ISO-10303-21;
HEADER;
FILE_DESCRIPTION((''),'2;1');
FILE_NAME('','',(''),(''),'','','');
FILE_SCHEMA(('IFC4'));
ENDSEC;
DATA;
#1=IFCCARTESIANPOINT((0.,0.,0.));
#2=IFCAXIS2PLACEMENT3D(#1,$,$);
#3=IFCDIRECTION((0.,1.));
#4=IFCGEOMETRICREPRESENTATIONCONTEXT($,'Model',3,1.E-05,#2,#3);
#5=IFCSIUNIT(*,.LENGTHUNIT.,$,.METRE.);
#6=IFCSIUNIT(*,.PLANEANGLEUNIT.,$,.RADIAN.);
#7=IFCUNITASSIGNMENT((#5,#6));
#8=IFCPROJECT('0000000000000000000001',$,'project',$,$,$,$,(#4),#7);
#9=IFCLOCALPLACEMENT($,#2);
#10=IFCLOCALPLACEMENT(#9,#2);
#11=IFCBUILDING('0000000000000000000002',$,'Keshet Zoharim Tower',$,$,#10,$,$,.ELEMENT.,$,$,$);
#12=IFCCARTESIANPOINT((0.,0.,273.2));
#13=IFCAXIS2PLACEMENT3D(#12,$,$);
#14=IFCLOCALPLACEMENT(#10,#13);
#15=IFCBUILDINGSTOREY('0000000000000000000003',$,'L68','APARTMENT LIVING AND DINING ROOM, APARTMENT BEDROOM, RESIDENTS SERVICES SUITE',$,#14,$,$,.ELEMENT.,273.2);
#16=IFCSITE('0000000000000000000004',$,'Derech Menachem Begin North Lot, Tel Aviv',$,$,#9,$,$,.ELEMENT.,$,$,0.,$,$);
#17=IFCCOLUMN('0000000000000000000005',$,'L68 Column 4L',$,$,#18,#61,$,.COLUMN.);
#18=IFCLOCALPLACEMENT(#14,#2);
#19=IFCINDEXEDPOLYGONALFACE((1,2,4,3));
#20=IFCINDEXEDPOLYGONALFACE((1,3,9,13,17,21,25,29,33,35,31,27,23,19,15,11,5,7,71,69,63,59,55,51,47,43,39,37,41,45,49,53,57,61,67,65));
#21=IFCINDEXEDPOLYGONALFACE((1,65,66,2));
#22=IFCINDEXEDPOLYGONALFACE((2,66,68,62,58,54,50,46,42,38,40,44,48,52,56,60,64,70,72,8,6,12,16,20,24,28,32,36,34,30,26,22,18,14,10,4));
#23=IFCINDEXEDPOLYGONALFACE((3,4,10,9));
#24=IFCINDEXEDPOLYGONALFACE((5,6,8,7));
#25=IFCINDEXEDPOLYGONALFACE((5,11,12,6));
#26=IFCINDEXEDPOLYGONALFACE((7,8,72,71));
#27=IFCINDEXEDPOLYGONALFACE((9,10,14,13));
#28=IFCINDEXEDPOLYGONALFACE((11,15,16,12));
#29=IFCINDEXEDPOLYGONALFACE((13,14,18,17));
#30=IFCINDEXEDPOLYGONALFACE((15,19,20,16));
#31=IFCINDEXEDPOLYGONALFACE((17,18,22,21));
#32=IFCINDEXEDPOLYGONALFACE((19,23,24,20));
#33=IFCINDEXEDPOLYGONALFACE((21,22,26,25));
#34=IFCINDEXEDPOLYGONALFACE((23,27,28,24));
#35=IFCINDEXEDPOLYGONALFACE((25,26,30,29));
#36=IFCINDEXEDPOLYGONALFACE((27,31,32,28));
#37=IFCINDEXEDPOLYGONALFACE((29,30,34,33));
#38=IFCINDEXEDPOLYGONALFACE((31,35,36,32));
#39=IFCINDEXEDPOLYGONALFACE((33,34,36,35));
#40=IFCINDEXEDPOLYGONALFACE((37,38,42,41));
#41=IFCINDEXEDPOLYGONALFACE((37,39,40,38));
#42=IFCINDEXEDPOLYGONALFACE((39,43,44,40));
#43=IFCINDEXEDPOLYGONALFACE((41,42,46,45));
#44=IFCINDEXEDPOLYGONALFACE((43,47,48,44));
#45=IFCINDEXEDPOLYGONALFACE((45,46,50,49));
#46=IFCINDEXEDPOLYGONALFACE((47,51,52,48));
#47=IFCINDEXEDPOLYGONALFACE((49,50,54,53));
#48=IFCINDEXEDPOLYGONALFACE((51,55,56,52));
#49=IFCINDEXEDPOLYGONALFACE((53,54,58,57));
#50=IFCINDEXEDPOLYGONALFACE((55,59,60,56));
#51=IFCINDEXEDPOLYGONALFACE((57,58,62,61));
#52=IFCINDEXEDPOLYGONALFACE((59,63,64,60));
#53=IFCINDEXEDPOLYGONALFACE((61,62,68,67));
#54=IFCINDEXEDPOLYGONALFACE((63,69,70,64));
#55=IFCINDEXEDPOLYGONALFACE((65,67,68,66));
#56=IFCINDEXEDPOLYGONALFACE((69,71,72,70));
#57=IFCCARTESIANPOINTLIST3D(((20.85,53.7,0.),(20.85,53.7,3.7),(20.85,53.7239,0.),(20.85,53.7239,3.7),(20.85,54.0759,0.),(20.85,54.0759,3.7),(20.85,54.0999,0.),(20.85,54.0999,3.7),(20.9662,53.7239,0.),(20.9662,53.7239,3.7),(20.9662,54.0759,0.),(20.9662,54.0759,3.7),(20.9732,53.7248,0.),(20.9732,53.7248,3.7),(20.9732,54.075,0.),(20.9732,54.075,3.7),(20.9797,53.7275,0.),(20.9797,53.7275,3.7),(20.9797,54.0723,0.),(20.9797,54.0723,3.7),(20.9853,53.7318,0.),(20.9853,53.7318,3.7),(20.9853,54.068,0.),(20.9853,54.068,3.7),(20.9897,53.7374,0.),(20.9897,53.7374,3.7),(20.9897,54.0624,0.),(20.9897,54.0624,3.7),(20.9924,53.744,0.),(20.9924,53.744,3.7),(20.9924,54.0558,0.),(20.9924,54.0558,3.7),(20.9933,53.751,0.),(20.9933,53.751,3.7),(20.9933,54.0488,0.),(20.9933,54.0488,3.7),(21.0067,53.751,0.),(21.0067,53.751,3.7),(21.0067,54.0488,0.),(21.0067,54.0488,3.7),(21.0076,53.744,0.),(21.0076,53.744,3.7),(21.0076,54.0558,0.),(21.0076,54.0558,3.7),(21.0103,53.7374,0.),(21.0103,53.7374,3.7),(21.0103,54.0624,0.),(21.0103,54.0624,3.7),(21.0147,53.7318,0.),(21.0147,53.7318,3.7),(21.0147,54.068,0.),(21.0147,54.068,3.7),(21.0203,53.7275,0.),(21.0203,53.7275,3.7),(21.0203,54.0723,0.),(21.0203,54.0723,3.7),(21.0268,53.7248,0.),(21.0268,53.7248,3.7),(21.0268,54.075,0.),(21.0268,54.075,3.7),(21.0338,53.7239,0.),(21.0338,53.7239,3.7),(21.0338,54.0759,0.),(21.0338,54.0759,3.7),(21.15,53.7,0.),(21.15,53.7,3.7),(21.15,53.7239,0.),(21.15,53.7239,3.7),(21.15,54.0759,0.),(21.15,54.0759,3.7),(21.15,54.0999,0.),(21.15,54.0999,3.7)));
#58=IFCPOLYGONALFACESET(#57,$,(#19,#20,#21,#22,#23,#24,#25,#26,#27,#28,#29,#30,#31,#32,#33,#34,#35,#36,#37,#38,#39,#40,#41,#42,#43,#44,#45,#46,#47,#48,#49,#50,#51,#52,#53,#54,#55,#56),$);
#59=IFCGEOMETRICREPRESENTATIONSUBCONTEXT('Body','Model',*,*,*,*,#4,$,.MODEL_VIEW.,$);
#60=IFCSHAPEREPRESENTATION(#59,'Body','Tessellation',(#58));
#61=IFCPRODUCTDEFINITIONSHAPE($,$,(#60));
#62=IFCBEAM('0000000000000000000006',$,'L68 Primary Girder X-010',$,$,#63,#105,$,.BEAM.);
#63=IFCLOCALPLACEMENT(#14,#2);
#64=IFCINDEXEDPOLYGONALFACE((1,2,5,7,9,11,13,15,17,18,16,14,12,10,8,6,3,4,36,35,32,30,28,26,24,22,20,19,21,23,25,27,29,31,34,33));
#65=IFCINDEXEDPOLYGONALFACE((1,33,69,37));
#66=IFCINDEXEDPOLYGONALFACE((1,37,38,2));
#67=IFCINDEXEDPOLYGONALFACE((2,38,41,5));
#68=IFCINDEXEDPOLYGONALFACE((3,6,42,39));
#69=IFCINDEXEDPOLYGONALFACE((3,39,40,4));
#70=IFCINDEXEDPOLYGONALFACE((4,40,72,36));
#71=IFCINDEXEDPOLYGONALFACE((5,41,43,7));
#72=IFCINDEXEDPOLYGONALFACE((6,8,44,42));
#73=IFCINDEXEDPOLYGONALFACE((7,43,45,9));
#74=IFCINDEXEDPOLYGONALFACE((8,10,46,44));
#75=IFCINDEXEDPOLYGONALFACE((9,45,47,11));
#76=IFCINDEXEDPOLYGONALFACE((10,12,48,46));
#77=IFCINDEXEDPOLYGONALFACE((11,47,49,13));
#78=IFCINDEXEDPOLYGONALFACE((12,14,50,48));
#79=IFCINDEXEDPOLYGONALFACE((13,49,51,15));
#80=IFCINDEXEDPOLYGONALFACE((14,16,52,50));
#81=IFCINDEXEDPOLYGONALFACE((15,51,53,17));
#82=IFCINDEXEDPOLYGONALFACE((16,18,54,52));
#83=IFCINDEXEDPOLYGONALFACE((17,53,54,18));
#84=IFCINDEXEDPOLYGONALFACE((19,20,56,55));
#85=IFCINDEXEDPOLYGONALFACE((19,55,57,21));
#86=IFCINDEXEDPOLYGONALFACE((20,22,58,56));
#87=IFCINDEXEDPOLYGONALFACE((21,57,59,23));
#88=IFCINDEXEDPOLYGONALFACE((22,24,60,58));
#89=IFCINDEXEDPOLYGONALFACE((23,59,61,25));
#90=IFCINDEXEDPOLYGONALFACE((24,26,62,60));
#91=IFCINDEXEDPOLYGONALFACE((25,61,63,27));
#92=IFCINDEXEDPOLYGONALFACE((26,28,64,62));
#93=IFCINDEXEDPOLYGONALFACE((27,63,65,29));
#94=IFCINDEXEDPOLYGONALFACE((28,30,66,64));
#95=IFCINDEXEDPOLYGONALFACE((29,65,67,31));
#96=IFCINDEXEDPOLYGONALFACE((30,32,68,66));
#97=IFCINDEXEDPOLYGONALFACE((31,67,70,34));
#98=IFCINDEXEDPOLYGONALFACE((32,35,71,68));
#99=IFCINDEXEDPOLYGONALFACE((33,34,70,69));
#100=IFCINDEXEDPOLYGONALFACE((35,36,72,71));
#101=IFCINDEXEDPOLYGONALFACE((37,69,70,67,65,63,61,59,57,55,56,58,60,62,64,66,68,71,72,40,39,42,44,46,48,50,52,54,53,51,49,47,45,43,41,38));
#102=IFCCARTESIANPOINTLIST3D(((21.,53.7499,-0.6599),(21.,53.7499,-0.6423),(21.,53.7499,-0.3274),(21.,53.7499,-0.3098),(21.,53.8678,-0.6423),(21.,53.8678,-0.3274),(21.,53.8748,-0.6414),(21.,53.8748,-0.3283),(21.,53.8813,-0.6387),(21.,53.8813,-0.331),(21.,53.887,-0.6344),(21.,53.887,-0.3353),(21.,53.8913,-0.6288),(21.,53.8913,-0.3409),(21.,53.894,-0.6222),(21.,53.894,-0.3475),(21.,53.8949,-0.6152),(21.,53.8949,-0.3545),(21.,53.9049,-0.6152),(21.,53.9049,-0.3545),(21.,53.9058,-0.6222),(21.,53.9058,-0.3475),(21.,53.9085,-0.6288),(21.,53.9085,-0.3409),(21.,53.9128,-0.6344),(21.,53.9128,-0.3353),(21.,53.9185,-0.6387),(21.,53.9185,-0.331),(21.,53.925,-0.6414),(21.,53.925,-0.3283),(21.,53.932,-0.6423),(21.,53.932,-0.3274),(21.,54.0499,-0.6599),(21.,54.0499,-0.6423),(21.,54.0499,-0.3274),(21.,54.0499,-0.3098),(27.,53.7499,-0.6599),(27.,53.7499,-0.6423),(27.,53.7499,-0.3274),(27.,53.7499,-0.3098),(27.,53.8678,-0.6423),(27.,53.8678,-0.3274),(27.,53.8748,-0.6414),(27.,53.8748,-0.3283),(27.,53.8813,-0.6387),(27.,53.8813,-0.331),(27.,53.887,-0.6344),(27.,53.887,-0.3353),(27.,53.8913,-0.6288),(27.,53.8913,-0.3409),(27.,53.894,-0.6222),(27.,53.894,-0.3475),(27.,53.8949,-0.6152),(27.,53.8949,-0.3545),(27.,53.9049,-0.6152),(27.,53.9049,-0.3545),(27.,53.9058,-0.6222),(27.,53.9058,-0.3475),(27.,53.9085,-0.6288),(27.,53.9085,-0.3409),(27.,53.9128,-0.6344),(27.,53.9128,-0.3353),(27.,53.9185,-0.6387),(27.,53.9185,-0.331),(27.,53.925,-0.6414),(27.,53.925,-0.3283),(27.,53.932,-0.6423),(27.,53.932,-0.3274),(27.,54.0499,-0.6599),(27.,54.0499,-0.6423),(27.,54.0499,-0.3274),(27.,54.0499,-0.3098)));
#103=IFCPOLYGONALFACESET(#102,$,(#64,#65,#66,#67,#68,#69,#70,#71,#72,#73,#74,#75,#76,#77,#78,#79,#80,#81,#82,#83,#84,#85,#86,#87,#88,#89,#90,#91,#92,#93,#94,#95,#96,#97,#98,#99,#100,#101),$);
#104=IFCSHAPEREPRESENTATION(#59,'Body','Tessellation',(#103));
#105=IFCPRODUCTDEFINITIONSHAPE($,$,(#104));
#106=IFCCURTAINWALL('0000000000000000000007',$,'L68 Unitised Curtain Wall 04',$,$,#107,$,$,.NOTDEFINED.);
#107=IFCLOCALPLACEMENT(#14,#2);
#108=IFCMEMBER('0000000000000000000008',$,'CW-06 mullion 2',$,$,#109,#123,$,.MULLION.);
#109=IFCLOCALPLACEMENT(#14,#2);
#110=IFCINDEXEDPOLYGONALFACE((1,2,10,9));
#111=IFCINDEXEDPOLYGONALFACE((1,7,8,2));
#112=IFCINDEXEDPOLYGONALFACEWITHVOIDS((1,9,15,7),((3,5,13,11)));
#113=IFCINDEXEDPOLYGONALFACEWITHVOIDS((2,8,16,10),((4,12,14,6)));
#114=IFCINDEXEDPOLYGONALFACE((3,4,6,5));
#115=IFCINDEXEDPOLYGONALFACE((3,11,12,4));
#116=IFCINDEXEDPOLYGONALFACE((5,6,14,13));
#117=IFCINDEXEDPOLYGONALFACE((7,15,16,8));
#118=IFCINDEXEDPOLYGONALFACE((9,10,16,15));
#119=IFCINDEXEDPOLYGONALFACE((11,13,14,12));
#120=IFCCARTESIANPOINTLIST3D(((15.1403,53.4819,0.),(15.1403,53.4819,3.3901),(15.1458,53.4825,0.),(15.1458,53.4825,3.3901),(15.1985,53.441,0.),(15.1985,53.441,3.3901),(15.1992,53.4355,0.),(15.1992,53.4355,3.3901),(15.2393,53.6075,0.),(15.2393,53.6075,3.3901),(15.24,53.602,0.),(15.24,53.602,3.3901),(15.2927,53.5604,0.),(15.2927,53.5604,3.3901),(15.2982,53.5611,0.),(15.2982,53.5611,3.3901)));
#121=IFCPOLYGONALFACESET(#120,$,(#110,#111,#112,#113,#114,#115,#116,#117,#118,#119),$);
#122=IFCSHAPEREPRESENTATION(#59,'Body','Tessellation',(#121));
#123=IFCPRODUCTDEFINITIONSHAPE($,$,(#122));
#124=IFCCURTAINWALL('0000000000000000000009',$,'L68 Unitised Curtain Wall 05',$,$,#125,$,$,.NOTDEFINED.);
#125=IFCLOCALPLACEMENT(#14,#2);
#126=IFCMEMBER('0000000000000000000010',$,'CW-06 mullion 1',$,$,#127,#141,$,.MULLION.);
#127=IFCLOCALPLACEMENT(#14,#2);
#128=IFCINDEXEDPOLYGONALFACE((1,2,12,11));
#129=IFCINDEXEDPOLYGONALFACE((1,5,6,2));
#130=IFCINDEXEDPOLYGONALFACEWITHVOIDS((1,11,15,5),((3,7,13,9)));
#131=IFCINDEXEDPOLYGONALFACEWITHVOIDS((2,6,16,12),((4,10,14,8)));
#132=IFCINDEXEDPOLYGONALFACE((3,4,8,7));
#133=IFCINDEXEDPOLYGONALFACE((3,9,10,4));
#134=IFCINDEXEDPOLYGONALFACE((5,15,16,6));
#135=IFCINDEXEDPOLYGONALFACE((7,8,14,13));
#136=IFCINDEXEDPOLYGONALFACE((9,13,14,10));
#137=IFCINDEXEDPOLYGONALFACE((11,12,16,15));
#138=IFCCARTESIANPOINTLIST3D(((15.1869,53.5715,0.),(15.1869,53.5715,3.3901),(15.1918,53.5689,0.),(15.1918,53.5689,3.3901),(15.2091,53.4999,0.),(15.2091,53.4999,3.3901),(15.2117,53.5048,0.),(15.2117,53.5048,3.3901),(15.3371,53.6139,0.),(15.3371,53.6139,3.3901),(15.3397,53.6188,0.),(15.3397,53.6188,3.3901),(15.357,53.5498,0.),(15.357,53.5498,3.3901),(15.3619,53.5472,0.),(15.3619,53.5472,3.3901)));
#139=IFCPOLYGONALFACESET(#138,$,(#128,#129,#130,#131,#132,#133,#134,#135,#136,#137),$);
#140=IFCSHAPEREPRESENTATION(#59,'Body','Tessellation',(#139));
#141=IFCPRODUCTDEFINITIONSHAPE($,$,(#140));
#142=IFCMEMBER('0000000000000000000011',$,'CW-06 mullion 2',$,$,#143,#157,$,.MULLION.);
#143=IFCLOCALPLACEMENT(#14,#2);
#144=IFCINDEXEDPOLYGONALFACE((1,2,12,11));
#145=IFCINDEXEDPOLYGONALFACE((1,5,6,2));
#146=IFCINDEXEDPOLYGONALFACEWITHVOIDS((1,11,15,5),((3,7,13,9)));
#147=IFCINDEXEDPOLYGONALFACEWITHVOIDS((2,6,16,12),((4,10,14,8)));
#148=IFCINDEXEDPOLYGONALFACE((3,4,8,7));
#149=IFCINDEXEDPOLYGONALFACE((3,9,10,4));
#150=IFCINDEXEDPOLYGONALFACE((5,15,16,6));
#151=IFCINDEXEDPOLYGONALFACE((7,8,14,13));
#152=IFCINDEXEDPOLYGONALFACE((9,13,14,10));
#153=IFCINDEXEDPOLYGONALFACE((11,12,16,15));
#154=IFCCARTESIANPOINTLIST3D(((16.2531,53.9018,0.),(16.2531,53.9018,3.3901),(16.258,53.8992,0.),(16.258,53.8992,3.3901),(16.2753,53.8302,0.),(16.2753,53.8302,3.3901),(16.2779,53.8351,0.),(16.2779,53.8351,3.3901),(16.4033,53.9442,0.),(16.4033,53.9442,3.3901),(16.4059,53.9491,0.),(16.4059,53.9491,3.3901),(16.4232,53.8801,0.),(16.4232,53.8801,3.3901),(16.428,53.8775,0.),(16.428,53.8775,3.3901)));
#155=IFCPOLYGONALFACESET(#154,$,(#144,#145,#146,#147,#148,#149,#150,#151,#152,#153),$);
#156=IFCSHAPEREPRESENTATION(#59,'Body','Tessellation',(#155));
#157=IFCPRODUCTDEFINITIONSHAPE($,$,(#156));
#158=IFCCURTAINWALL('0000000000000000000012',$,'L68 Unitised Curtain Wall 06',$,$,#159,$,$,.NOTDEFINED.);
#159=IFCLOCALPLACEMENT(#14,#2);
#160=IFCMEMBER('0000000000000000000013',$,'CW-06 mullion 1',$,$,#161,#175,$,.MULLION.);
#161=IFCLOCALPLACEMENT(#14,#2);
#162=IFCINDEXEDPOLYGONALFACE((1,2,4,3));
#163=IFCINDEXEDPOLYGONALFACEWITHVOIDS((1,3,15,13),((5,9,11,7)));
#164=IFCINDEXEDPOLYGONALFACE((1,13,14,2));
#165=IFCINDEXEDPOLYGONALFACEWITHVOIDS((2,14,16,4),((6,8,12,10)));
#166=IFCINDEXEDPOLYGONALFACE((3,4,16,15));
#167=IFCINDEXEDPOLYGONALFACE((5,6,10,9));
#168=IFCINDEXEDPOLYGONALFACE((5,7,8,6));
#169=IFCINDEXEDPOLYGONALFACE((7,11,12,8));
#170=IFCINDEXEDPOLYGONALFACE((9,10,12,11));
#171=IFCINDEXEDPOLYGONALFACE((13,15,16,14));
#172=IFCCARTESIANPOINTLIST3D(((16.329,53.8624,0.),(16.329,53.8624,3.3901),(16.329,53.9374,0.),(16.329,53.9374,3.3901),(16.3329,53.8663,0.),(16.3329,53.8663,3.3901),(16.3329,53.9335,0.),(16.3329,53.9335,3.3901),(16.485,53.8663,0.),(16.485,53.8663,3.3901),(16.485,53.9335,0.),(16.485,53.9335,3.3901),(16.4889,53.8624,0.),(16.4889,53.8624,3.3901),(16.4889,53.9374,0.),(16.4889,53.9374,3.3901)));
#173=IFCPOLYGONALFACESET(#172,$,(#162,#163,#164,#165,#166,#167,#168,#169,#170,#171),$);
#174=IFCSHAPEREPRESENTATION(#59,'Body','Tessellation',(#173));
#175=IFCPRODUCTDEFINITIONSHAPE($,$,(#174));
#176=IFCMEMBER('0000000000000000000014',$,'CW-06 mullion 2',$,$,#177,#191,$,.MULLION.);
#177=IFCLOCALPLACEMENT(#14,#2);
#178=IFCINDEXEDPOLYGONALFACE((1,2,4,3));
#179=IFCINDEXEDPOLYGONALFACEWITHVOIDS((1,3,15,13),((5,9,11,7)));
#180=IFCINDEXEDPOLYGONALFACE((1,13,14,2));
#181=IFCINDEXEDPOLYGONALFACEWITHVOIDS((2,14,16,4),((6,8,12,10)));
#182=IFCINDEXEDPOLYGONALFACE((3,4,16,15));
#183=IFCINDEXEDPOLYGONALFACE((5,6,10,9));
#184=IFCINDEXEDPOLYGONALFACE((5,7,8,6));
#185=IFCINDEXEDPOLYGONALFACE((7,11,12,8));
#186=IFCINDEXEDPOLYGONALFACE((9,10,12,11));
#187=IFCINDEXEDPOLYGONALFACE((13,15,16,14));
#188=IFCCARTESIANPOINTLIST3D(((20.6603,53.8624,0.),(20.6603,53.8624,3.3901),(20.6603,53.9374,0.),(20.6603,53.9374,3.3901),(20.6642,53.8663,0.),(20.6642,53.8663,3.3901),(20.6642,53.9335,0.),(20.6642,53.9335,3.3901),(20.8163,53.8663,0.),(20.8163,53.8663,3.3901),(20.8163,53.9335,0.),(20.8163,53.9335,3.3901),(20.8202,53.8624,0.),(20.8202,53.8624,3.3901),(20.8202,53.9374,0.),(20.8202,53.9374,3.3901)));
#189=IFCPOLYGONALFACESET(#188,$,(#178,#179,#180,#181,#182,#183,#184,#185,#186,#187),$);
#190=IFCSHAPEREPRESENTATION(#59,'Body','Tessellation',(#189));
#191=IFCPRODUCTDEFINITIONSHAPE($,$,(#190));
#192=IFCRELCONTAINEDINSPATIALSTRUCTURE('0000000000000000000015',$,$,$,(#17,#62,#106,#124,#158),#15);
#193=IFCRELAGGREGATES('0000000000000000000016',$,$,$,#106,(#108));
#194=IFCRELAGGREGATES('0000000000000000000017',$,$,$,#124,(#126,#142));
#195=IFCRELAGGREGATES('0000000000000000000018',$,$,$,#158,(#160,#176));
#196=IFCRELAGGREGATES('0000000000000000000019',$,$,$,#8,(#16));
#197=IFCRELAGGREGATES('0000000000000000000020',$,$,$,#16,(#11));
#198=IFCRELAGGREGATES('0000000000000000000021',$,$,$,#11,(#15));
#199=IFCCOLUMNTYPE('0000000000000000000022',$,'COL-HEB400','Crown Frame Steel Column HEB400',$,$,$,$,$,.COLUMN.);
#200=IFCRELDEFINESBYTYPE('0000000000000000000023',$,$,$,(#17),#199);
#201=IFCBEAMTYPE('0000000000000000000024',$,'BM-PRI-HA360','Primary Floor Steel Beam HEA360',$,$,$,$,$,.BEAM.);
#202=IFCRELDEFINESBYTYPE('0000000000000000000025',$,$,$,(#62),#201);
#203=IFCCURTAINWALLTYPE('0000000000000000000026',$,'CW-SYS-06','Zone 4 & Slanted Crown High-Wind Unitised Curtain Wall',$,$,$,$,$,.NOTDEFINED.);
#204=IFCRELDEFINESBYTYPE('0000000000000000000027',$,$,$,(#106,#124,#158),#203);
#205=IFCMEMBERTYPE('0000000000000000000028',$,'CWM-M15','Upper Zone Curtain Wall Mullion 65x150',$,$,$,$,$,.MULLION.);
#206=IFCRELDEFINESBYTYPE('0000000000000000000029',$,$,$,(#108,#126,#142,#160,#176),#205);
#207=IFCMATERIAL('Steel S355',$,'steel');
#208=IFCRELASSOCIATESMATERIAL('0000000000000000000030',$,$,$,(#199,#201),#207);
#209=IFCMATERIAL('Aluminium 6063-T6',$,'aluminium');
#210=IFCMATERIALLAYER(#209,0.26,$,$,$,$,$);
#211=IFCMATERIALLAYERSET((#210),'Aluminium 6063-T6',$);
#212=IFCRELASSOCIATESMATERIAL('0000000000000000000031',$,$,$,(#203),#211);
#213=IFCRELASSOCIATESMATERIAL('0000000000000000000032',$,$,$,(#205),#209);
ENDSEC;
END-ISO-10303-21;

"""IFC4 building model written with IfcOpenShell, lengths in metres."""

from ifc_helpers import new_model, si_unit, direction, frame, origin, origin_2d, place, context, subcontext, project, spatial, hollow_rectangle, i_section, extrude, material, layer, layer_set, material_profile, profile_set, type_object, element, aggregate, save


model = new_model("IFC4")

# Units and contexts
model_context = context("Model", 3, precision=1e-05, world=origin(), true_north=direction((0.0, 1.0)))
body_context = subcontext(model_context, "Body", "Model", "MODEL_VIEW")
ifc_project = project(units=[si_unit("LENGTHUNIT", "METRE"), si_unit("PLANEANGLEUNIT", "RADIAN")], contexts=[model_context])

# Site, building, storey
site_placement = place(None, origin())
site = spatial("IfcSite", under=ifc_project, at=site_placement, Name="Derech Menachem Begin North Lot, Tel Aviv", CompositionType="ELEMENT", RefElevation=0.0)
building_placement = place(site_placement, origin())
building = spatial("IfcBuilding", under=site, at=building_placement, Name="Keshet Zoharim Tower", CompositionType="ELEMENT")
storey_placement = place(building_placement, frame((0.0, 0.0, 273.2)))
storey = spatial("IfcBuildingStorey", under=building, at=storey_placement, Name="L68", Description="APARTMENT LIVING AND DINING ROOM, APARTMENT BEDROOM, RESIDENTS SERVICES SUITE", CompositionType="ELEMENT", Elevation=273.2)

# Column
ifc_material_1 = material(Name="Steel S355", Category="steel")
ifc_material_profile_1 = material_profile(ifc_material_1, i_section(OverallWidth=0.3, OverallDepth=0.3999, WebThickness=0.0134, FlangeThickness=0.0239, FilletRadius=0.0271, at=origin_2d()), Name="HEB400")
ifc_profile_set_1 = profile_set([ifc_material_profile_1], Name="Steel S355")
column_type = type_object("IfcColumnType", Name="COL-HEB400", Description="Crown Frame Steel Column HEB400", PredefinedType="COLUMN", material=ifc_profile_set_1)
column_placement = place(storey_placement, frame((21.0, 53.8999, 0.0), z_axis=(0.0, 0.0, 1.0), x_axis=(1.0, 0.0, 0.0)))
element("IfcColumn", 1, at=column_placement, inside=storey, type_object=column_type, Name="L68 Column 4L", PredefinedType="COLUMN", context=body_context, shape_type="SweptSolid", body=[
    extrude(i_section(OverallWidth=0.3, OverallDepth=0.3999, WebThickness=0.0134, FlangeThickness=0.0239, FilletRadius=0.0271, at=origin_2d()), origin(), (0.0, 0.0, 1.0), 3.7),
])

# Beam
ifc_material_profile_2 = material_profile(ifc_material_1, i_section(OverallWidth=0.3, OverallDepth=0.3501, WebThickness=0.01, FlangeThickness=0.0176, FilletRadius=0.0271, at=origin_2d()), Name="HEA360")
ifc_profile_set_2 = profile_set([ifc_material_profile_2], Name="Steel S355")
beam_type = type_object("IfcBeamType", Name="BM-PRI-HA360", Description="Primary Floor Steel Beam HEA360", PredefinedType="BEAM", material=ifc_profile_set_2)
beam_placement = place(storey_placement, frame((21.0, 53.8999, -0.4849), z_axis=(1.0, 0.0, 0.0), x_axis=(0.0, 1.0, 0.0)))
element("IfcBeam", 2, at=beam_placement, inside=storey, type_object=beam_type, Name="L68 Primary Girder X-010", PredefinedType="BEAM", context=body_context, shape_type="SweptSolid", body=[
    extrude(i_section(OverallWidth=0.3, OverallDepth=0.3501, WebThickness=0.01, FlangeThickness=0.0176, FilletRadius=0.0271, at=origin_2d()), origin(), (0.0, 0.0, 1.0), 6.0),
])

# Curtain wall, member
ifc_material_2 = material(Name="Aluminium 6063-T6", Category="aluminium")
ifc_layer_1 = layer(ifc_material_2, 0.26)
ifc_layer_set_1 = layer_set([ifc_layer_1], Name="Aluminium 6063-T6")
curtain_wall_type = type_object("IfcCurtainWallType", Name="CW-SYS-06", Description="Zone 4 & Slanted Crown High-Wind Unitised Curtain Wall", PredefinedType="NOTDEFINED", material=ifc_layer_set_1)
curtain_wall_1_placement = place(storey_placement, origin())
curtain_wall_1 = element("IfcCurtainWall", 3, at=curtain_wall_1_placement, inside=storey, type_object=curtain_wall_type, Name="L68 Unitised Curtain Wall 04", PredefinedType="NOTDEFINED")
ifc_material_profile_3 = material_profile(ifc_material_2, hollow_rectangle(XDim=0.075, YDim=0.1599, WallThickness=0.0039, at=origin_2d()), Name="MUL-75x160")
ifc_profile_set_3 = profile_set([ifc_material_profile_3], Name="Aluminium 6063-T6")
member_type_1 = type_object("IfcMemberType", Name="CWM-M15", Description="Upper Zone Curtain Wall Mullion 65x150", PredefinedType="MULLION", material=ifc_profile_set_3)
member_1_placement = place(storey_placement, frame((15.2192, 53.5215, 0.0), z_axis=(0.0, 0.0, 1.0), x_axis=(-0.785293, 0.619125, 0.0)))
member_1 = element("IfcMember", 4, at=member_1_placement, type_object=member_type_1, Name="CW-06 mullion 2", PredefinedType="MULLION", context=body_context, shape_type="SweptSolid", body=[
    extrude(hollow_rectangle(XDim=0.075, YDim=0.1599, WallThickness=0.0039, at=origin_2d()), origin(), (0.0, 0.0, 1.0), 3.3901),
])

# Curtain walls, members
curtain_wall_2_placement = place(storey_placement, origin())
curtain_wall_2 = element("IfcCurtainWall", 5, at=curtain_wall_2_placement, inside=storey, type_object=curtain_wall_type, Name="L68 Unitised Curtain Wall 05", PredefinedType="NOTDEFINED")
member_2_placement = place(storey_placement, frame((15.2744, 53.5593, 0.0), z_axis=(0.0, 0.0, 1.0), x_axis=(-0.295922, 0.955212, 0.0)))
member_2 = element("IfcMember", 6, at=member_2_placement, type_object=member_type_1, Name="CW-06 mullion 1", PredefinedType="MULLION", context=body_context, shape_type="SweptSolid", body=[
    extrude(hollow_rectangle(XDim=0.075, YDim=0.1599, WallThickness=0.0039, at=origin_2d()), origin(), (0.0, 0.0, 1.0), 3.3901),
])
member_3_placement = place(storey_placement, frame((16.3406, 53.8896, 0.0), z_axis=(0.0, 0.0, 1.0), x_axis=(-0.295922, 0.955212, 0.0)))
member_3 = element("IfcMember", 7, at=member_3_placement, type_object=member_type_1, Name="CW-06 mullion 2", PredefinedType="MULLION", context=body_context, shape_type="SweptSolid", body=[
    extrude(hollow_rectangle(XDim=0.075, YDim=0.1599, WallThickness=0.0039, at=origin_2d()), origin(), (0.0, 0.0, 1.0), 3.3901),
])
curtain_wall_3_placement = place(storey_placement, origin())
curtain_wall_3 = element("IfcCurtainWall", 8, at=curtain_wall_3_placement, inside=storey, type_object=curtain_wall_type, Name="L68 Unitised Curtain Wall 06", PredefinedType="NOTDEFINED")
member_4_placement = place(storey_placement, frame((16.4089, 53.8999, 0.0), z_axis=(0.0, 0.0, 1.0), x_axis=(0.0, 1.0, 0.0)))
member_4 = element("IfcMember", 9, at=member_4_placement, type_object=member_type_1, Name="CW-06 mullion 1", PredefinedType="MULLION", context=body_context, shape_type="SweptSolid", body=[
    extrude(hollow_rectangle(XDim=0.075, YDim=0.1599, WallThickness=0.0039, at=origin_2d()), origin(), (0.0, 0.0, 1.0), 3.3901),
])
member_5_placement = place(storey_placement, frame((20.7402, 53.8999, 0.0), z_axis=(0.0, 0.0, 1.0), x_axis=(0.0, 1.0, 0.0)))
member_5 = element("IfcMember", 10, at=member_5_placement, type_object=member_type_1, Name="CW-06 mullion 2", PredefinedType="MULLION", context=body_context, shape_type="SweptSolid", body=[
    extrude(hollow_rectangle(XDim=0.075, YDim=0.1599, WallThickness=0.0039, at=origin_2d()), origin(), (0.0, 0.0, 1.0), 3.3901),
])

aggregate(curtain_wall_1, [member_1])
aggregate(curtain_wall_2, [member_2, member_3])
aggregate(curtain_wall_3, [member_4, member_5])

save(model, "model.ifc")
